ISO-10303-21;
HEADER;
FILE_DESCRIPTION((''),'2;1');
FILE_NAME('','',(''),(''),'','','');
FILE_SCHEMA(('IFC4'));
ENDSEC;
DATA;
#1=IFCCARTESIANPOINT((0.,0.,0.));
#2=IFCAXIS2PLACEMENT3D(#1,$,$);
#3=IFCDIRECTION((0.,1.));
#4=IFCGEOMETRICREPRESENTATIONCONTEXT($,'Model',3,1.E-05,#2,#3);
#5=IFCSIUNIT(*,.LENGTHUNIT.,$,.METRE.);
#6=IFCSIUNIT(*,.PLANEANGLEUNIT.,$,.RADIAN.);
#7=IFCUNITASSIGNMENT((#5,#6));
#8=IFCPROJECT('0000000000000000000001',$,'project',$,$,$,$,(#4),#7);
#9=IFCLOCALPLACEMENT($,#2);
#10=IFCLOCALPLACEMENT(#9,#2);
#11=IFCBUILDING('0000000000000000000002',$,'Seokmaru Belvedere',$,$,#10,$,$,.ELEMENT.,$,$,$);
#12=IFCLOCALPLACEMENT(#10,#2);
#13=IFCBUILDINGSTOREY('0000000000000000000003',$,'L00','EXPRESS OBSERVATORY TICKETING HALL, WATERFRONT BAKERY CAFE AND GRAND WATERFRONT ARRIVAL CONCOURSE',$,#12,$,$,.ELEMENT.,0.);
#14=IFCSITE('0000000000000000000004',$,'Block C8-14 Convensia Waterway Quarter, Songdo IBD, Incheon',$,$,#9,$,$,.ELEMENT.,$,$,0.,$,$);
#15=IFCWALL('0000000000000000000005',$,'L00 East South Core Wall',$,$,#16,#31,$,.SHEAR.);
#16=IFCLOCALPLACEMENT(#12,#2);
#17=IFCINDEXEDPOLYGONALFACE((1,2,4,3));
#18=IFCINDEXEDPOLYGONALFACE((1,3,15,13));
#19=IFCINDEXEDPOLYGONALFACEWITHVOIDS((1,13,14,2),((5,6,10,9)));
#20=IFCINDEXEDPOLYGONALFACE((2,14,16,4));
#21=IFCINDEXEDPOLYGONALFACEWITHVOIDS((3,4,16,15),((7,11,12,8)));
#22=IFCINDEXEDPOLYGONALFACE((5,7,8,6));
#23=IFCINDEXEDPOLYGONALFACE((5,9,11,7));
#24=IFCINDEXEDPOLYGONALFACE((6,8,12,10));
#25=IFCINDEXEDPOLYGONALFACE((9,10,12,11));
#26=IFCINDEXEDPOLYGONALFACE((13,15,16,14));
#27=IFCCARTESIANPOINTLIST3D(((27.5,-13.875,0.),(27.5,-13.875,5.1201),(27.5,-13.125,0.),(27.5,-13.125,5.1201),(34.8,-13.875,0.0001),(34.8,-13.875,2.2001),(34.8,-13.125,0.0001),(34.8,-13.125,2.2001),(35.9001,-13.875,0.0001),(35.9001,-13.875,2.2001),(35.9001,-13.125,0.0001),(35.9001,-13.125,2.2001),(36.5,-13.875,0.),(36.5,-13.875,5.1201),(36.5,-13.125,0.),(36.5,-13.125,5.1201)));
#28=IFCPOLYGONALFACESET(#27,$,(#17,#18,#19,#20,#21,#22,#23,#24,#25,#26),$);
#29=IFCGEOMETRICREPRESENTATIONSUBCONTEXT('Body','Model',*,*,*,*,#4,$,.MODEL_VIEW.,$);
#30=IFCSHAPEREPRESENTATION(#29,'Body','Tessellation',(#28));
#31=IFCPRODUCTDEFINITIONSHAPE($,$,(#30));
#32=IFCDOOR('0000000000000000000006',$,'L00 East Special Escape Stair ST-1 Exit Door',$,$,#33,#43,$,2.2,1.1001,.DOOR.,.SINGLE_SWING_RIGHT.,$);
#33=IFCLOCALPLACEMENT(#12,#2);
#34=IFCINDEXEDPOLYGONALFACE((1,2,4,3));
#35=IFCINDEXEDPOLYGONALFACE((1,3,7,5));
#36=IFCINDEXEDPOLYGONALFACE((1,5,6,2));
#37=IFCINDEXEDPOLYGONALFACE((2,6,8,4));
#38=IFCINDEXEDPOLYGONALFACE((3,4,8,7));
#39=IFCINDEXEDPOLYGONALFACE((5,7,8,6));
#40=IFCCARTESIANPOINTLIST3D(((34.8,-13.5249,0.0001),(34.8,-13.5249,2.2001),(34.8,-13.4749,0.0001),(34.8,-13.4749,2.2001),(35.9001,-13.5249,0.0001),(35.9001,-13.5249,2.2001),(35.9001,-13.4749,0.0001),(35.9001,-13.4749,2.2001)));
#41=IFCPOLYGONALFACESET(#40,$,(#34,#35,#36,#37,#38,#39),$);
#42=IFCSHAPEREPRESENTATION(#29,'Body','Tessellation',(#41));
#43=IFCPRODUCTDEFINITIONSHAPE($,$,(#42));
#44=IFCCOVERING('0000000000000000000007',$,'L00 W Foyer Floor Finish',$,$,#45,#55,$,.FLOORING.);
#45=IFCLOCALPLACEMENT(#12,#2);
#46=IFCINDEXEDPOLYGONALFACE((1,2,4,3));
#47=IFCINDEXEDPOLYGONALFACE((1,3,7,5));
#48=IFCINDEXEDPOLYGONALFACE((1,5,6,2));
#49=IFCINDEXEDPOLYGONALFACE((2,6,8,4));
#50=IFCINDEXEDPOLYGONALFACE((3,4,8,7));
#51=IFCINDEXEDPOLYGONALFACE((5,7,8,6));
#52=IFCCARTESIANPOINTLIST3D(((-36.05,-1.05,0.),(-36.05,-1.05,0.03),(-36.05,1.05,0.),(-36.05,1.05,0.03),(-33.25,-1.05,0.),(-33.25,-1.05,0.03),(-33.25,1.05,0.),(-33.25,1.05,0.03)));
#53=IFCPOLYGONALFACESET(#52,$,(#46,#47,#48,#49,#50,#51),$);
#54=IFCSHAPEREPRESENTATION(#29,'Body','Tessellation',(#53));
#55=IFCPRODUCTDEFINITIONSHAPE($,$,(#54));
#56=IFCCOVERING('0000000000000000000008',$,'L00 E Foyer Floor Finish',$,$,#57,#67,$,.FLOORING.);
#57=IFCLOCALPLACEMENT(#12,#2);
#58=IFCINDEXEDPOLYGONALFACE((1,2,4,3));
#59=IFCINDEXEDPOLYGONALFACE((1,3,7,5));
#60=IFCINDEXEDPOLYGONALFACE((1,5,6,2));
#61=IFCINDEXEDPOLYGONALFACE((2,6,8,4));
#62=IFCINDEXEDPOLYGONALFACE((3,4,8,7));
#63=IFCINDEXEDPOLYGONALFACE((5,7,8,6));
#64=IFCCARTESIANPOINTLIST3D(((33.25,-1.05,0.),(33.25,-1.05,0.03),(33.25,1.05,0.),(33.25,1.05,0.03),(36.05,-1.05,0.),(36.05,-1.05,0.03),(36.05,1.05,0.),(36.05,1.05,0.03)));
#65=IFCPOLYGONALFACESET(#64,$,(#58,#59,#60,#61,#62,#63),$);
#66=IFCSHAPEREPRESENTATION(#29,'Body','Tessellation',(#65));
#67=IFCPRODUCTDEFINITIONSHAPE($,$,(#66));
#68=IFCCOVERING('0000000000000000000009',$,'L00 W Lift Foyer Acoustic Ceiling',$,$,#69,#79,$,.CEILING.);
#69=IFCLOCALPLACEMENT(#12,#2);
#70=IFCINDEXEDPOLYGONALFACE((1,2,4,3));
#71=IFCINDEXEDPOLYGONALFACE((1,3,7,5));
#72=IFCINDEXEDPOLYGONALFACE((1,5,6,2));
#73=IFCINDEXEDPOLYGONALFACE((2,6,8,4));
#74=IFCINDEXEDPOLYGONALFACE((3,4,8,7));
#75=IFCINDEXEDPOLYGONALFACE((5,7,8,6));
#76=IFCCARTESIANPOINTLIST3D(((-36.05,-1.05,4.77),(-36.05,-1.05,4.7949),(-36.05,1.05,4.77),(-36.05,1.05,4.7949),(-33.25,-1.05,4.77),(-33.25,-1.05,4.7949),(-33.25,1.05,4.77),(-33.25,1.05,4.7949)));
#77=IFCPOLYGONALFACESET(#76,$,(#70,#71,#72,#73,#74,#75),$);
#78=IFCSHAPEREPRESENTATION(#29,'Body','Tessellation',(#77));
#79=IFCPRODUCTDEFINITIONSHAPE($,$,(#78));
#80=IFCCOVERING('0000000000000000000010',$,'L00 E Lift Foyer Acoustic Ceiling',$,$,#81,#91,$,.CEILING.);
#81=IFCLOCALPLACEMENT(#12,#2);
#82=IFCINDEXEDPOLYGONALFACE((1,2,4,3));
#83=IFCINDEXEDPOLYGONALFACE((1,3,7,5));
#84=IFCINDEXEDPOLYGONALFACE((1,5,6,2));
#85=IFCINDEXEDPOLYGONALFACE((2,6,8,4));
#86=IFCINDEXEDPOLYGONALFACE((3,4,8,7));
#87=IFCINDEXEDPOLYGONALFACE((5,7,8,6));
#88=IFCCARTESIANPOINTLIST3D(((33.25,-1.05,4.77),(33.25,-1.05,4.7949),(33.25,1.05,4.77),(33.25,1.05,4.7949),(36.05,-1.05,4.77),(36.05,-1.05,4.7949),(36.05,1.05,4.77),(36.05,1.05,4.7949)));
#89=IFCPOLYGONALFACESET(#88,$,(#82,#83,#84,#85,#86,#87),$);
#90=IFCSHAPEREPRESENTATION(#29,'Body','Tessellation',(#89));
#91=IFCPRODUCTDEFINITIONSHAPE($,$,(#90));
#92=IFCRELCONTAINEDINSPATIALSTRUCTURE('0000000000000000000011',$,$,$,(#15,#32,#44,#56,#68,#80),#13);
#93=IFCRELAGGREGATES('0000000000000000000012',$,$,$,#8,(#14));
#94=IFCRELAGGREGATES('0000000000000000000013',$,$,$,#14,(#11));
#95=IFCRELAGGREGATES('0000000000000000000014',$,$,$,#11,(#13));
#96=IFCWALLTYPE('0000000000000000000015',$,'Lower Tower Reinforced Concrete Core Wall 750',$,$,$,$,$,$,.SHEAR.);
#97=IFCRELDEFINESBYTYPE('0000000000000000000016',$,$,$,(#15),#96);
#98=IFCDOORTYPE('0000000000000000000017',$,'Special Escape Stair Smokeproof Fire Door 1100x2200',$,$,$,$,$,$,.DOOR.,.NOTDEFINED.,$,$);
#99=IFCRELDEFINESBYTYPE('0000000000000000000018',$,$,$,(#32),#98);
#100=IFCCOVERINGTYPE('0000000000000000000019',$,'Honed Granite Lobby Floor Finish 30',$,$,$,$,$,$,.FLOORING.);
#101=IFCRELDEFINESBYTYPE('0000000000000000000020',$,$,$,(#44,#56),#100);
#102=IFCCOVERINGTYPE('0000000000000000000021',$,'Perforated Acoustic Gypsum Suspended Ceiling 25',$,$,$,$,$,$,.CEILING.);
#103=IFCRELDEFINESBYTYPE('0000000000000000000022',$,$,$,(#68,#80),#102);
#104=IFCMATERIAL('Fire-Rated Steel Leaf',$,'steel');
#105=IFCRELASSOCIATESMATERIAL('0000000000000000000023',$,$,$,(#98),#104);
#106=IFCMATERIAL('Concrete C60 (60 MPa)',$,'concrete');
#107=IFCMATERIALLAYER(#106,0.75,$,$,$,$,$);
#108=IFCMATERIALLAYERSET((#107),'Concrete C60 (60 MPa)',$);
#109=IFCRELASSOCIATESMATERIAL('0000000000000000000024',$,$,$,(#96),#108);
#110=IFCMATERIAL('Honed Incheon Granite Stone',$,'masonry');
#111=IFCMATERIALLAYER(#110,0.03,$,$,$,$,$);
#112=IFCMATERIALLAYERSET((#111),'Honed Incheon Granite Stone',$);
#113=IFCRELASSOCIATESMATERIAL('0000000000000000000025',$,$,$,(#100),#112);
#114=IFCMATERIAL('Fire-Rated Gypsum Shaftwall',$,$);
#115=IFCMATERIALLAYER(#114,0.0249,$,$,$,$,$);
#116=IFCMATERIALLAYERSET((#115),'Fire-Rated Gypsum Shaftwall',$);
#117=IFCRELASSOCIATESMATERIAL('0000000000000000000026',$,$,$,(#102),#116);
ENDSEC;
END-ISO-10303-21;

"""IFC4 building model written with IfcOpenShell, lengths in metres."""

from ifc_helpers import new_model, si_unit, direction, frame, frame_2d, origin, place, context, subcontext, project, spatial, polyline, rectangle, outline, extrude, source, transform, mapped, material, layer, layer_set, type_object, type_shapes, element, fill, save


model = new_model("IFC4")

# Units and contexts
model_context = context("Model", 3, precision=1e-05, world=origin(), true_north=direction((0.0, 1.0)))
body_context = subcontext(model_context, "Body", "Model", "MODEL_VIEW")
ifc_project = project(units=[si_unit("LENGTHUNIT", "METRE"), si_unit("PLANEANGLEUNIT", "RADIAN")], contexts=[model_context])

# Site, building, storey
site_placement = place(None, origin())
site = spatial("IfcSite", under=ifc_project, at=site_placement, Name="Block C8-14 Convensia Waterway Quarter, Songdo IBD, Incheon", CompositionType="ELEMENT", RefElevation=0.0)
building_placement = place(site_placement, origin())
building = spatial("IfcBuilding", under=site, at=building_placement, Name="Seokmaru Belvedere", CompositionType="ELEMENT")
storey_placement = place(building_placement, origin())
storey = spatial("IfcBuildingStorey", under=building, at=storey_placement, Name="L00", Description="EXPRESS OBSERVATORY TICKETING HALL, WATERFRONT BAKERY CAFE AND GRAND WATERFRONT ARRIVAL CONCOURSE", CompositionType="ELEMENT", Elevation=0.0)

# Shared definitions
ifc_material_1 = material(Name="Fire-Rated Steel Leaf", Category="steel")
door_type_1 = type_object("IfcDoorType", Name="Special Escape Stair Smokeproof Fire Door 1100x2200", OperationType="NOTDEFINED", PredefinedType="DOOR", material=ifc_material_1)
shared_shape_1 = source(origin(), body_context, "Body", "SweptSolid", [
    extrude(rectangle(XDim=1.1001, YDim=2.2, at=frame_2d((0.55, 1.1001))), frame((0.0, 0.0249, 0.0), z_axis=(0.0, -1.0, 0.0), x_axis=(1.0, 0.0, 0.0)), (0.0, 0.0, 1.0), 0.05),
])
type_shapes(door_type_1, [shared_shape_1])

# Shared definitions
ifc_material_2 = material(Name="Concrete C60 (60 MPa)", Category="concrete")
ifc_layer_1 = layer(ifc_material_2, 0.75)
ifc_layer_set_1 = layer_set([ifc_layer_1], Name="Concrete C60 (60 MPa)")
wall_type_1 = type_object("IfcWallType", Name="Lower Tower Reinforced Concrete Core Wall 750", PredefinedType="SHEAR", material=ifc_layer_set_1)

# Wall, opening, door
wall_1_placement = place(storey_placement, frame((27.5, -13.5, 0.0), z_axis=(0.0, 0.0, 1.0), x_axis=(1.0, 0.0, 0.0)))
wall_1 = element("IfcWall", 1, at=wall_1_placement, inside=storey, type_object=wall_type_1, Name="L00 East South Core Wall", PredefinedType="SHEAR", context=body_context, shape_type="SweptSolid", body=[
    extrude(rectangle(XDim=9.0, YDim=0.75, at=frame_2d((4.5, 0.0))), origin(), (0.0, 0.0, 1.0), 5.1201),
])
opening_1_placement = place(wall_1_placement, frame((7.3, 0.0, 0.0)))
opening_1 = element("IfcOpeningElement", 2, at=opening_1_placement, cuts=wall_1, PredefinedType="OPENING", context=body_context, shape_type="SweptSolid", body=[
    extrude(rectangle(XDim=1.1001, YDim=2.2, at=frame_2d((0.55, 1.1001))), frame((0.0, 0.385, 0.0), z_axis=(0.0, -1.0, 0.0), x_axis=(1.0, 0.0, 0.0)), (0.0, 0.0, 1.0), 0.77),
])
door_1_placement = place(opening_1_placement, frame((1.1001, 0.0, 0.0), z_axis=(0.0, 0.0, 1.0), x_axis=(-1.0, 0.0, 0.0)))
door_1 = element("IfcDoor", 3, at=door_1_placement, inside=storey, type_object=door_type_1, Name="L00 East Special Escape Stair ST-1 Exit Door", OperationType="SINGLE_SWING_RIGHT", OverallHeight=2.2, OverallWidth=1.1001, PredefinedType="DOOR", context=body_context, shape_type="MappedRepresentation", body=[
    mapped(shared_shape_1, transform((0.0, 0.0, 0.0), scale=1.0)),
])
fill(opening_1, door_1)

# Coverings
ifc_material_3 = material(Name="Honed Incheon Granite Stone", Category="masonry")
ifc_layer_2 = layer(ifc_material_3, 0.03)
ifc_layer_set_2 = layer_set([ifc_layer_2], Name="Honed Incheon Granite Stone")
covering_type_1 = type_object("IfcCoveringType", Name="Honed Granite Lobby Floor Finish 30", PredefinedType="FLOORING", material=ifc_layer_set_2)
covering_1_placement = place(storey_placement, origin())
element("IfcCovering", 4, at=covering_1_placement, inside=storey, type_object=covering_type_1, Name="L00 W Foyer Floor Finish", PredefinedType="FLOORING", context=body_context, shape_type="SweptSolid", body=[
    extrude(outline(polyline([(-36.05, -1.05), (-33.25, -1.05), (-33.25, 1.05), (-36.05, 1.05), (-36.05, -1.05)])), origin(), (0.0, 0.0, 1.0), 0.03),
])
covering_2_placement = place(storey_placement, origin())
element("IfcCovering", 5, at=covering_2_placement, inside=storey, type_object=covering_type_1, Name="L00 E Foyer Floor Finish", PredefinedType="FLOORING", context=body_context, shape_type="SweptSolid", body=[
    extrude(outline(polyline([(33.25, -1.05), (36.05, -1.05), (36.05, 1.05), (33.25, 1.05), (33.25, -1.05)])), origin(), (0.0, 0.0, 1.0), 0.03),
])
ifc_material_4 = material(Name="Fire-Rated Gypsum Shaftwall")
ifc_layer_3 = layer(ifc_material_4, 0.0249)
ifc_layer_set_3 = layer_set([ifc_layer_3], Name="Fire-Rated Gypsum Shaftwall")
covering_type_2 = type_object("IfcCoveringType", Name="Perforated Acoustic Gypsum Suspended Ceiling 25", PredefinedType="CEILING", material=ifc_layer_set_3)
covering_3_placement = place(storey_placement, frame((0.0, 0.0, 4.77)))
element("IfcCovering", 6, at=covering_3_placement, inside=storey, type_object=covering_type_2, Name="L00 W Lift Foyer Acoustic Ceiling", PredefinedType="CEILING", context=body_context, shape_type="SweptSolid", body=[
    extrude(outline(polyline([(-36.05, -1.05), (-33.25, -1.05), (-33.25, 1.05), (-36.05, 1.05), (-36.05, -1.05)])), origin(), (0.0, 0.0, 1.0), 0.0249),
])
covering_4_placement = place(storey_placement, frame((0.0, 0.0, 4.77)))
element("IfcCovering", 7, at=covering_4_placement, inside=storey, type_object=covering_type_2, Name="L00 E Lift Foyer Acoustic Ceiling", PredefinedType="CEILING", context=body_context, shape_type="SweptSolid", body=[
    extrude(outline(polyline([(33.25, -1.05), (36.05, -1.05), (36.05, 1.05), (33.25, 1.05), (33.25, -1.05)])), origin(), (0.0, 0.0, 1.0), 0.0249),
])

save(model, "model.ifc")
